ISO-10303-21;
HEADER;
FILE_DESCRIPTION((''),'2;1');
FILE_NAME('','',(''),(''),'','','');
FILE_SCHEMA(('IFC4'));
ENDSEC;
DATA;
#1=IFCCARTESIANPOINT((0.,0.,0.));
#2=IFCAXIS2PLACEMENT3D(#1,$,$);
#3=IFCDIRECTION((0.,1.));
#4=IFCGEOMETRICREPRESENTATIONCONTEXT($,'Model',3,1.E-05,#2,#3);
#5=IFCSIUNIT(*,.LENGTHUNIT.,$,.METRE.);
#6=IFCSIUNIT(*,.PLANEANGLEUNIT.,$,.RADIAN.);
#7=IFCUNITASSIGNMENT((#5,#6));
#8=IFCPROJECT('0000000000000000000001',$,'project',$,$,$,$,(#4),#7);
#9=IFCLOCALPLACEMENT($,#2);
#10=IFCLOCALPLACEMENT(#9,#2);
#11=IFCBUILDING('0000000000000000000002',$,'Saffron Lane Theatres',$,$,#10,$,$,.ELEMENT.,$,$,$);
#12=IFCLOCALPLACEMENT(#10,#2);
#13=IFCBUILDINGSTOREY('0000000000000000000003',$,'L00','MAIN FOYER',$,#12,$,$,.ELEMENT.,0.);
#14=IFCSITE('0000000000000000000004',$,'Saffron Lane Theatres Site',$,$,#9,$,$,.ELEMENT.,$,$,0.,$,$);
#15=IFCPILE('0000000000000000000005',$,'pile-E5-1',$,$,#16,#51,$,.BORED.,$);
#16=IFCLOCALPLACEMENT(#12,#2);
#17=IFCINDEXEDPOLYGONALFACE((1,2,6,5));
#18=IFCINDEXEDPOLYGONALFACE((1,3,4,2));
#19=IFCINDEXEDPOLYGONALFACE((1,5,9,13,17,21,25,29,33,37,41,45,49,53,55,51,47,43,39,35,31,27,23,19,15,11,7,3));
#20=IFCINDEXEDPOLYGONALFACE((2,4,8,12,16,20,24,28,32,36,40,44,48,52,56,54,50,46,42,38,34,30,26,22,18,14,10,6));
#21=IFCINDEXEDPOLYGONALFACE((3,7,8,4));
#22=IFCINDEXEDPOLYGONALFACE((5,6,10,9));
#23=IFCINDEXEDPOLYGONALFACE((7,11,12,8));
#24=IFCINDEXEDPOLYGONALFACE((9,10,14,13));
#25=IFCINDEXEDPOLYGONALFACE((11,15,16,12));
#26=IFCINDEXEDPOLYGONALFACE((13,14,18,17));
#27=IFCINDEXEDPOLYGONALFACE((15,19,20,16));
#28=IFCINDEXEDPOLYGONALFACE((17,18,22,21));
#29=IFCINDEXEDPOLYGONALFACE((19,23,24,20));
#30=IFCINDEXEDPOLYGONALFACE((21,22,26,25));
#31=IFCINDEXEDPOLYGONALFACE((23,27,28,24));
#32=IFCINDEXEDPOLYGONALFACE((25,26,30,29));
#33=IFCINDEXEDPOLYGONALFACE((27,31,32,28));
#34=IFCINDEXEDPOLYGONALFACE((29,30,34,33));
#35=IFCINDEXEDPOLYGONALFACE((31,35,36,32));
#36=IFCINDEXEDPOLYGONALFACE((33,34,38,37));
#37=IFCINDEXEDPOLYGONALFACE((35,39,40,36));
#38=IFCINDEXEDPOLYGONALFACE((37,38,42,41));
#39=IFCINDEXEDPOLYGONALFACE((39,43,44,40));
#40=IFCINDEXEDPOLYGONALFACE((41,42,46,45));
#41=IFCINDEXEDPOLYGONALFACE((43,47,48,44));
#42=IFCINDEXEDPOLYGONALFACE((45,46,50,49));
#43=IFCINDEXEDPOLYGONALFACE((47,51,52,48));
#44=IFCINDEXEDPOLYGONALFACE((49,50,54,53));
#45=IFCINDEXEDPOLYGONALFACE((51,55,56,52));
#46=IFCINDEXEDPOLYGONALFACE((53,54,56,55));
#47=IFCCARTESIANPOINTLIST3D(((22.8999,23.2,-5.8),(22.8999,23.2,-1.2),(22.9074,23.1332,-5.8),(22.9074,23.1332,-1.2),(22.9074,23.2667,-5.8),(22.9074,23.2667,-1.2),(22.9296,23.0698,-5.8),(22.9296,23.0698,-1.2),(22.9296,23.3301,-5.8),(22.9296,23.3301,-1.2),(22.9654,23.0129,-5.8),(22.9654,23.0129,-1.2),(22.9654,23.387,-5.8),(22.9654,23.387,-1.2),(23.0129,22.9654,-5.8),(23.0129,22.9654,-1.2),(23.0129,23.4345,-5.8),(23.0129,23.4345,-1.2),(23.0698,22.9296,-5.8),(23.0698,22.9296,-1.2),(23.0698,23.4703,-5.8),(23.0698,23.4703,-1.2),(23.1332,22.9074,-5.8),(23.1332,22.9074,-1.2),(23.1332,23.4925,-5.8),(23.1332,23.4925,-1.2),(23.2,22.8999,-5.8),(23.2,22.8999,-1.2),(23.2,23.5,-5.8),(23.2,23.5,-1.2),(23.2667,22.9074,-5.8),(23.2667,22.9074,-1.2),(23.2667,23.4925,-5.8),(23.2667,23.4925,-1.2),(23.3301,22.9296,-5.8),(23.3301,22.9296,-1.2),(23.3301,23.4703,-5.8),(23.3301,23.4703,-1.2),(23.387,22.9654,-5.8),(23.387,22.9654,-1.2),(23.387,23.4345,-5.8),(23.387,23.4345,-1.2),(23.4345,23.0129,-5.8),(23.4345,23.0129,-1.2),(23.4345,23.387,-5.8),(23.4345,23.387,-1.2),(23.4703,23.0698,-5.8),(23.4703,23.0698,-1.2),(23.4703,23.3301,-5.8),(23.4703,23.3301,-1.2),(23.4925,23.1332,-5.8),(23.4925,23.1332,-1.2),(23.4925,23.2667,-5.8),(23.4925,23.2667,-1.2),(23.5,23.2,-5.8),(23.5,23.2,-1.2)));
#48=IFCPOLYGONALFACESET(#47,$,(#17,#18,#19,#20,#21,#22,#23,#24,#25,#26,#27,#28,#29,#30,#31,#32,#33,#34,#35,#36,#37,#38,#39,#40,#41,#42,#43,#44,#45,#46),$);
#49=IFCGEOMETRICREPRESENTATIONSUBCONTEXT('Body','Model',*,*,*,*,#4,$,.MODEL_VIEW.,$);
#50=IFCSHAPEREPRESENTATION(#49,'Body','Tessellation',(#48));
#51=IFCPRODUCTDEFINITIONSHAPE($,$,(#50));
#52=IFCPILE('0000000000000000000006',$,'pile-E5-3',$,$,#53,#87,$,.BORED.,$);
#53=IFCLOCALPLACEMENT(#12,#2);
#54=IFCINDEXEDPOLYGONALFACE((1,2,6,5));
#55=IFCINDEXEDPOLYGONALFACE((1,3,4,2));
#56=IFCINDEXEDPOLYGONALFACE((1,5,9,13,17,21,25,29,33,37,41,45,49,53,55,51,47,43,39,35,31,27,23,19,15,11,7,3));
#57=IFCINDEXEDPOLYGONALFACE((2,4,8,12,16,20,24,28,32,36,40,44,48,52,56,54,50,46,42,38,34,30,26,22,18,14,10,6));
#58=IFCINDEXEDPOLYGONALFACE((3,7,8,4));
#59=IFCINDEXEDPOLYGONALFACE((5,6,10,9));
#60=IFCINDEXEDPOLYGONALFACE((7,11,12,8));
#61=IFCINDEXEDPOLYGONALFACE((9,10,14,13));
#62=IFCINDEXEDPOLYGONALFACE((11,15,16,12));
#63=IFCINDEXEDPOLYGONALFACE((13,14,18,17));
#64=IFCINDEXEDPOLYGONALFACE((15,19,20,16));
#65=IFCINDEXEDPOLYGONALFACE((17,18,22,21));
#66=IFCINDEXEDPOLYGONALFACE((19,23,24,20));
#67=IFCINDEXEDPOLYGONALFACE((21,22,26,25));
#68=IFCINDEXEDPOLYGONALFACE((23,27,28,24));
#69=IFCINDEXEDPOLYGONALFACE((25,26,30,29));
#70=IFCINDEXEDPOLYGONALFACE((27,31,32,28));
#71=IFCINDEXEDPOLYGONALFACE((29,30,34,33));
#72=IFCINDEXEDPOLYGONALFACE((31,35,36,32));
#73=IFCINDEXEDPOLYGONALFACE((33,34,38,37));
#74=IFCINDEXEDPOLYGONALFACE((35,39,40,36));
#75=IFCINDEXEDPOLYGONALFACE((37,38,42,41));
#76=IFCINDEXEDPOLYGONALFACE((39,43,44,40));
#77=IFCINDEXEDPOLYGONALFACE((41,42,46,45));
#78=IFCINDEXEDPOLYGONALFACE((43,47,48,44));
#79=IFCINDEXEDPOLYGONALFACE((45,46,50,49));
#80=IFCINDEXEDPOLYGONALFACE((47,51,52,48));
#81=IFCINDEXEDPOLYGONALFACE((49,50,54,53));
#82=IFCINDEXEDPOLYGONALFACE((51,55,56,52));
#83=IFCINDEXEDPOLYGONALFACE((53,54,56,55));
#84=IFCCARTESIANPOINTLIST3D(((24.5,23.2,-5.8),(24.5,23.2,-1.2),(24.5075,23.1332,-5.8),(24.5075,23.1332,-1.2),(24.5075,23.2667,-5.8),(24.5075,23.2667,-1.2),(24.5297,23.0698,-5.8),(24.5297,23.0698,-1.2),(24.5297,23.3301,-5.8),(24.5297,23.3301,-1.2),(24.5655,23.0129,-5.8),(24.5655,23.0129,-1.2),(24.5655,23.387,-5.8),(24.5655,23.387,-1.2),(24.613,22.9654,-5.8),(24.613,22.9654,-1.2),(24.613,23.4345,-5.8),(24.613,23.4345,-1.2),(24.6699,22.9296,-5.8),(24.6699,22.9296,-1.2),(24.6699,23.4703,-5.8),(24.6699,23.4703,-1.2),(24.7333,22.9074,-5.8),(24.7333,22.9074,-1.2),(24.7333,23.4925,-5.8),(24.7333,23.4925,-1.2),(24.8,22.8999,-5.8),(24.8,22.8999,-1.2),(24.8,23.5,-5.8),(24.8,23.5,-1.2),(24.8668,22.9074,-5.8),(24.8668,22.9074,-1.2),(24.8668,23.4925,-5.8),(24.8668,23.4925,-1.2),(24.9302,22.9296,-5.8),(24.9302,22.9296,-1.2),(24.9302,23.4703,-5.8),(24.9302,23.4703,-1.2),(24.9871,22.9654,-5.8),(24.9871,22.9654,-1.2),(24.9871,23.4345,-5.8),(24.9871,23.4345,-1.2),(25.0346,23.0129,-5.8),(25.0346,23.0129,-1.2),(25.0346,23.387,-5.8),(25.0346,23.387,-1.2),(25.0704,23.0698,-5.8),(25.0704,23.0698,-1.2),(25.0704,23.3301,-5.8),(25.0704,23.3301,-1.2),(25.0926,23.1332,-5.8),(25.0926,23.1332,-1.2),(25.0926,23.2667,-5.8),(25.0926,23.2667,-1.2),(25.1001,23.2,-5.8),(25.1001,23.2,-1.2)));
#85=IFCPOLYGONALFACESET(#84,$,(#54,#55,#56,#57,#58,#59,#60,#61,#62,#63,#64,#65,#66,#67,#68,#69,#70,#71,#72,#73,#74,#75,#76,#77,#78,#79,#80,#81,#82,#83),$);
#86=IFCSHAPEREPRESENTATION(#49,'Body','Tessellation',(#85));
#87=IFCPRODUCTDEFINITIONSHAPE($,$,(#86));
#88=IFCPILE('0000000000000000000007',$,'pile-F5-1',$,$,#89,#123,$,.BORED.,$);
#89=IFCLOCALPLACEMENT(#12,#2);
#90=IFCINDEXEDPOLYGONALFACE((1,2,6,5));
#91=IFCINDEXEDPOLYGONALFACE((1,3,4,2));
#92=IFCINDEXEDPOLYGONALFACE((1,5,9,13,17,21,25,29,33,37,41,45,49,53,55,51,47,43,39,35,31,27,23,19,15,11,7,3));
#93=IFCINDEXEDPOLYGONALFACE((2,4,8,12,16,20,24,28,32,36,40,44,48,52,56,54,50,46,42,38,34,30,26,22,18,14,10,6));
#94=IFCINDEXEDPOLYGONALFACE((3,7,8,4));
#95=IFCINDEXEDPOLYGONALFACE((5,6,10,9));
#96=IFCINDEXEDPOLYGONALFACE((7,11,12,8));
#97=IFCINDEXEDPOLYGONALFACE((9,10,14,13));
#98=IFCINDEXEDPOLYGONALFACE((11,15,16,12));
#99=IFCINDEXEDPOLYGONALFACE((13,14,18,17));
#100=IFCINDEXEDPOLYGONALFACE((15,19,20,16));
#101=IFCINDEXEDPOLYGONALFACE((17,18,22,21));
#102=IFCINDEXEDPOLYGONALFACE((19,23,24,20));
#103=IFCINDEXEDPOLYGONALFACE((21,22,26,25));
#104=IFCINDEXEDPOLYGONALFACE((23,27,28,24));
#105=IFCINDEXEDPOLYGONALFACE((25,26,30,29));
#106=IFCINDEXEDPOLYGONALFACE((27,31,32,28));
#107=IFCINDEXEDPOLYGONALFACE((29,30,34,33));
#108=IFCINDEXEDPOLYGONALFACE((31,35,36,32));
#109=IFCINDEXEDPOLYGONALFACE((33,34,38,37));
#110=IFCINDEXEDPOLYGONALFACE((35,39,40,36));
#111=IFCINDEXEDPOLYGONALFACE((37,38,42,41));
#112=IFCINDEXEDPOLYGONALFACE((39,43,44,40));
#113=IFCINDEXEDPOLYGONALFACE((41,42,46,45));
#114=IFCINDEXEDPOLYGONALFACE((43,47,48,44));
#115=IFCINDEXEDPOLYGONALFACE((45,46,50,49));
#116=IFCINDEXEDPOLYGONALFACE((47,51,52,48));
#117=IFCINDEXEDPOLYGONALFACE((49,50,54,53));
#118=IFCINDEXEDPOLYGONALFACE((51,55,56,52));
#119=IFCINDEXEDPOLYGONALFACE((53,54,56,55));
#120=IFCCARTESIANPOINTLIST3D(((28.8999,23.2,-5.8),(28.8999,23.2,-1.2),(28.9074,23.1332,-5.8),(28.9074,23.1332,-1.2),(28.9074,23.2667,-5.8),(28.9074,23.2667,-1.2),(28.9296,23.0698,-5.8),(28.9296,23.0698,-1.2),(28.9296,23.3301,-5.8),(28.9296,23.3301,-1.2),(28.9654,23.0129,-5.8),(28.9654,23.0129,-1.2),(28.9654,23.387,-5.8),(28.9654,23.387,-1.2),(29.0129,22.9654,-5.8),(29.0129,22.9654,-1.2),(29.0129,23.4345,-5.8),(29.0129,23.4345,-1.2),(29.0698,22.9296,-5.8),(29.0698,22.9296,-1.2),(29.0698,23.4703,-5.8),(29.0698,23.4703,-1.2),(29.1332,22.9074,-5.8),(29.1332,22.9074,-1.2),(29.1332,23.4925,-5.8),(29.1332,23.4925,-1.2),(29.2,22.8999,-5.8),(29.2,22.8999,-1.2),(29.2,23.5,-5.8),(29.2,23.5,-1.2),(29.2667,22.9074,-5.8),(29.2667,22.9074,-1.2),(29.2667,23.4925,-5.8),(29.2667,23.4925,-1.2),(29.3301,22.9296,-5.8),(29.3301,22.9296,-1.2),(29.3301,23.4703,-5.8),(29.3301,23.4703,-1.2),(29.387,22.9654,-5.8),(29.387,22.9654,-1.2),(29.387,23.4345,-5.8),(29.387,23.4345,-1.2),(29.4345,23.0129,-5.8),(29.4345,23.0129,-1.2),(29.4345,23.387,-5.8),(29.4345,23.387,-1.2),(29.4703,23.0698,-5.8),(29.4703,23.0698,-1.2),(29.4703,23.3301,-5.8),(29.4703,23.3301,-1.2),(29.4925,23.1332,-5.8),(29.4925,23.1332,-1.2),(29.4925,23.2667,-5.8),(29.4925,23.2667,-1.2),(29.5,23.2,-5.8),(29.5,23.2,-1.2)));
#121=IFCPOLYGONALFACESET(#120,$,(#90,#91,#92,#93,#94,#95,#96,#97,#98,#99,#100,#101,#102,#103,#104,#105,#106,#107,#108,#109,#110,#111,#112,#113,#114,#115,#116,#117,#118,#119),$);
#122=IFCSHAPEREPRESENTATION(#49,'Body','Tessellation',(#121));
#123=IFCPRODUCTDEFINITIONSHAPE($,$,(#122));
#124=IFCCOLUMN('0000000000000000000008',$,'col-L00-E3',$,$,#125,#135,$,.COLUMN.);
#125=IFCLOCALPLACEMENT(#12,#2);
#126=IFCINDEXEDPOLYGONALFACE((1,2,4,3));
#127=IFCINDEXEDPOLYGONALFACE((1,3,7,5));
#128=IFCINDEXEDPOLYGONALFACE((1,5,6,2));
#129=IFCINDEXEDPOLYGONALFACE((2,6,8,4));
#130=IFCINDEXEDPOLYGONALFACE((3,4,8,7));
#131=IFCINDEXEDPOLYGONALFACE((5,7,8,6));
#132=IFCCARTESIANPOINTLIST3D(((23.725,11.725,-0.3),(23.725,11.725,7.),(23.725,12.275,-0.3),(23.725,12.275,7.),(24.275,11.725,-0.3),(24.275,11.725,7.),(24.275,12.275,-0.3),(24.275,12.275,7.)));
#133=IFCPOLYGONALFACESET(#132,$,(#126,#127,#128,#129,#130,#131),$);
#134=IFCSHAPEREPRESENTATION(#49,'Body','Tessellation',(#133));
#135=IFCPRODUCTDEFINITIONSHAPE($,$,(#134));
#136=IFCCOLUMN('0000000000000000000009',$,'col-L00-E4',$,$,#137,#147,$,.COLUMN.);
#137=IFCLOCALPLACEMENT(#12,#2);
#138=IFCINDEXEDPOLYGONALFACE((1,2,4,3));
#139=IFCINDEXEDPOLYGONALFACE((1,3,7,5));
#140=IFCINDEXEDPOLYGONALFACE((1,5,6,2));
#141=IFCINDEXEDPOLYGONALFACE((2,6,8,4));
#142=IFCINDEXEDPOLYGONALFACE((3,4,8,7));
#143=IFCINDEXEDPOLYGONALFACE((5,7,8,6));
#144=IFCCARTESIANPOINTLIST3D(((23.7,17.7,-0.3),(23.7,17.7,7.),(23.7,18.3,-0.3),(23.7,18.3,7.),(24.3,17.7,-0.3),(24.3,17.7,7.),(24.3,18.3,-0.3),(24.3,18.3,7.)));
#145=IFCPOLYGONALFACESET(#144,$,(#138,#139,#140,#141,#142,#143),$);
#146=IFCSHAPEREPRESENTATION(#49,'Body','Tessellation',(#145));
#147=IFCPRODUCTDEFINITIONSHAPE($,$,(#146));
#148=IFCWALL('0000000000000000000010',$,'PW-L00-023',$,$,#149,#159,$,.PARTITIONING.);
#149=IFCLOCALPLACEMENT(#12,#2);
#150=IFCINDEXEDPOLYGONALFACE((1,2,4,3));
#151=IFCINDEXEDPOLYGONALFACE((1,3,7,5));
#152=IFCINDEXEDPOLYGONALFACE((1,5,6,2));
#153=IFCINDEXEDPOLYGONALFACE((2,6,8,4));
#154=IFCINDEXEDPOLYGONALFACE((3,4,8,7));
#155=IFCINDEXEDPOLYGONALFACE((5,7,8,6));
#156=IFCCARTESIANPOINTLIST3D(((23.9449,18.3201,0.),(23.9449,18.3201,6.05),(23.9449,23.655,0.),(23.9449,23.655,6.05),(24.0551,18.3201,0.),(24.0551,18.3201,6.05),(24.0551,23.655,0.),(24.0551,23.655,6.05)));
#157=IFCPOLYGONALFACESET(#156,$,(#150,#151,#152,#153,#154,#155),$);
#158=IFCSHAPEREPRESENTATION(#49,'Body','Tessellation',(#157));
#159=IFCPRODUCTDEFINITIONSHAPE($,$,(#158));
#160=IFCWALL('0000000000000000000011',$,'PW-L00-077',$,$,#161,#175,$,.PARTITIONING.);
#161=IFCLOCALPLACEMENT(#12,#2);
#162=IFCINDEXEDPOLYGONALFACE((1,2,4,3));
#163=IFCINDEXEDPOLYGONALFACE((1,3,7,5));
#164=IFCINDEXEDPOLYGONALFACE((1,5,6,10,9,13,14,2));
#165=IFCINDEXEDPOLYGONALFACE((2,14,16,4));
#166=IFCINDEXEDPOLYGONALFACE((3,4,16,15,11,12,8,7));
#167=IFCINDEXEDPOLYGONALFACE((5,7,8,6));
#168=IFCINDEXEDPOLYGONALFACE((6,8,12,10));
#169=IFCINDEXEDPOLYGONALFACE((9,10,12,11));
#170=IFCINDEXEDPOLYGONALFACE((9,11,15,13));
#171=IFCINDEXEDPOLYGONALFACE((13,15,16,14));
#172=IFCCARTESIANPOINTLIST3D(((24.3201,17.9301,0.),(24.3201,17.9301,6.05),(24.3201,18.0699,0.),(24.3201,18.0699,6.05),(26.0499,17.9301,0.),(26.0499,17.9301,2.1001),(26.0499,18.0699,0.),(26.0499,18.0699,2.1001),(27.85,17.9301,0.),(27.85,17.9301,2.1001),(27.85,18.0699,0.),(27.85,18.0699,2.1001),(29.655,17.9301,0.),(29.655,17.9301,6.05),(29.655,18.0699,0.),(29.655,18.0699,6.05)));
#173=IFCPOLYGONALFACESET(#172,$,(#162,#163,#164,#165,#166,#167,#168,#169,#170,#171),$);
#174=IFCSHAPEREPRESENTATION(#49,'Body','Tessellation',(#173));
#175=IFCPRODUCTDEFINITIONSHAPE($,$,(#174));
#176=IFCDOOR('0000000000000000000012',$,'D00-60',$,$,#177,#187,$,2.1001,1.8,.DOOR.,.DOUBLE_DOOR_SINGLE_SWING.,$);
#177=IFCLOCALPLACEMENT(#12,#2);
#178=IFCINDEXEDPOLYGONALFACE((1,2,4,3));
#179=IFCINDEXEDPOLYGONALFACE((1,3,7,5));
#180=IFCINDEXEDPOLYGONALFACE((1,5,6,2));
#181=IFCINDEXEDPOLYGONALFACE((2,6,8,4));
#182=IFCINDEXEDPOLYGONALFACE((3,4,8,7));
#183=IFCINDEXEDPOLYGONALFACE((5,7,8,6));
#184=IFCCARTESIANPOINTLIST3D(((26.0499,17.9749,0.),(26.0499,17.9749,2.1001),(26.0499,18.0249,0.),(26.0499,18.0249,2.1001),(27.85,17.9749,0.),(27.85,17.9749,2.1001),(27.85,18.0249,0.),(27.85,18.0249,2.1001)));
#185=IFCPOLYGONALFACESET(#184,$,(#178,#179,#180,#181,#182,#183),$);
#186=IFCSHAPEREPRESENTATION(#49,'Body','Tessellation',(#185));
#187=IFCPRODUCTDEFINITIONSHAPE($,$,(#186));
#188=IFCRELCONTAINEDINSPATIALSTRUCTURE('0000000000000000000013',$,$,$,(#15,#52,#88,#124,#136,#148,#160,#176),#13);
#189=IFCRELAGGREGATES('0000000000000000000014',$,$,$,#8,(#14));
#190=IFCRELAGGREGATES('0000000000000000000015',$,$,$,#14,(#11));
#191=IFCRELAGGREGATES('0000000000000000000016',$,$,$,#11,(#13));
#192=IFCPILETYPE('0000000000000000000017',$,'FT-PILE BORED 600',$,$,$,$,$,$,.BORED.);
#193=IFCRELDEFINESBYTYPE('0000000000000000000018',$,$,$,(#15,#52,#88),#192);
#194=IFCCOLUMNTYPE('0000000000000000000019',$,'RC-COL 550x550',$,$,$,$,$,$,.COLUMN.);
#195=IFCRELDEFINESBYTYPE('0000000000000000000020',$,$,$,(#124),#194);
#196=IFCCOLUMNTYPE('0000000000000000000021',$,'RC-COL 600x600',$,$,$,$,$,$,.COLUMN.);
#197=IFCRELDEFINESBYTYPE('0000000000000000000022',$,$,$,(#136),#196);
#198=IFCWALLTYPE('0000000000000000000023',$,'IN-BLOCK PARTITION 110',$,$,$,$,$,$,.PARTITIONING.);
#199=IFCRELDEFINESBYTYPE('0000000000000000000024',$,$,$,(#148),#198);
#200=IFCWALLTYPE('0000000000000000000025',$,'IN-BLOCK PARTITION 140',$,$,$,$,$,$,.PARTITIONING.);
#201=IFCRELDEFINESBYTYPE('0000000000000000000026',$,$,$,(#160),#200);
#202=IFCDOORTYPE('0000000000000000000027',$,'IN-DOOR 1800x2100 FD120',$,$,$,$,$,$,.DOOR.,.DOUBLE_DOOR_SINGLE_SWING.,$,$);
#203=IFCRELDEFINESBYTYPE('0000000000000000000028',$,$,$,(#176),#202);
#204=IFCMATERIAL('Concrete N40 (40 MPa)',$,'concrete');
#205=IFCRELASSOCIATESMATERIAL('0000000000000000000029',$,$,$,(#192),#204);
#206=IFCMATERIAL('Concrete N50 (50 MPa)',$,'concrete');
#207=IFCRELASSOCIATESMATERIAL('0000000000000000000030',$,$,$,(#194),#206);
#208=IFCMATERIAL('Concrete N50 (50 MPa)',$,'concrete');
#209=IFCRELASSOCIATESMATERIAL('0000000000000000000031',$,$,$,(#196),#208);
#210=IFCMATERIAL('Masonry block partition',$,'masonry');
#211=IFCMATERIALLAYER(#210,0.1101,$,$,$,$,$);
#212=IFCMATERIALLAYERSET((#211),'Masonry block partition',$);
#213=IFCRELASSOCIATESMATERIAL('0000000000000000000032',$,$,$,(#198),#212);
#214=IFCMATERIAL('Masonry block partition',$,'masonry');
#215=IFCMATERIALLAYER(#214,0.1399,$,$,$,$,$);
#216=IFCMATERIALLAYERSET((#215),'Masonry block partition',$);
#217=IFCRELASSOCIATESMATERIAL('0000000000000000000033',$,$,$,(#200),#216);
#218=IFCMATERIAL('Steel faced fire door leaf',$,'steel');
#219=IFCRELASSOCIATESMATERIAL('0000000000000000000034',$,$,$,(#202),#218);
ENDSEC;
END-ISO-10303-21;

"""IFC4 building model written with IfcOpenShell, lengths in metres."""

from ifc_helpers import new_model, si_unit, direction, frame, frame_2d, origin, origin_2d, place, context, subcontext, project, spatial, rectangle, circle, extrude, material, layer, layer_set, material_profile, profile_set, type_object, element, fill, save


model = new_model("IFC4")

# Units and contexts
model_context = context("Model", 3, precision=1e-05, world=origin(), true_north=direction((0.0, 1.0)))
body_context = subcontext(model_context, "Body", "Model", "MODEL_VIEW")
ifc_project = project(units=[si_unit("LENGTHUNIT", "METRE"), si_unit("PLANEANGLEUNIT", "RADIAN")], contexts=[model_context])

# Site, building, storey
site_placement = place(None, origin())
site = spatial("IfcSite", under=ifc_project, at=site_placement, Name="Saffron Lane Theatres Site", CompositionType="ELEMENT", RefElevation=0.0)
building_placement = place(site_placement, origin())
building = spatial("IfcBuilding", under=site, at=building_placement, Name="Saffron Lane Theatres", CompositionType="ELEMENT")
storey_placement = place(building_placement, origin())
storey = spatial("IfcBuildingStorey", under=building, at=storey_placement, Name="L00", Description="MAIN FOYER", CompositionType="ELEMENT", Elevation=0.0)

# Piles
ifc_material_1 = material(Name="Concrete N40 (40 MPa)", Category="concrete")
ifc_material_profile_1 = material_profile(ifc_material_1, circle(Radius=0.3, at=origin_2d()))
ifc_profile_set_1 = profile_set([ifc_material_profile_1], Name="Concrete N40 (40 MPa)")
pile_type = type_object("IfcPileType", Name="FT-PILE BORED 600", PredefinedType="BORED", material=ifc_profile_set_1)
for number, where, z_axis, x_axis, name in (
    (1, (23.2, 23.2, -1.2), (0.0, 0.0, -1.0), (1.0, 0.0, 0.0), "pile-E5-1"),
    (2, (24.8, 23.2, -1.2), (0.0, 0.0, -1.0), (1.0, 0.0, 0.0), "pile-E5-3"),
    (3, (29.2, 23.2, -1.2), (0.0, 0.0, -1.0), (1.0, 0.0, 0.0), "pile-F5-1"),
):
    element("IfcPile", number, at=place(storey_placement, frame(where, z_axis=z_axis, x_axis=x_axis)), inside=storey, type_object=pile_type, Name=name, PredefinedType="BORED", context=body_context, shape_type="SweptSolid", body=[
        extrude(circle(Radius=0.3, at=origin_2d()), origin(), (0.0, 0.0, 1.0), 4.6001),
    ])

# Columns
ifc_material_2 = material(Name="Concrete N50 (50 MPa)", Category="concrete")
ifc_material_profile_2 = material_profile(ifc_material_2, rectangle(XDim=0.55, YDim=0.55, at=origin_2d()))
ifc_profile_set_2 = profile_set([ifc_material_profile_2], Name="Concrete N50 (50 MPa)")
column_type_1 = type_object("IfcColumnType", Name="RC-COL 550x550", PredefinedType="COLUMN", material=ifc_profile_set_2)
column_1_placement = place(storey_placement, frame((24.0, 12.0, -0.3), z_axis=(0.0, 0.0, 1.0), x_axis=(1.0, 0.0, 0.0)))
element("IfcColumn", 4, at=column_1_placement, inside=storey, type_object=column_type_1, Name="col-L00-E3", PredefinedType="COLUMN", context=body_context, shape_type="SweptSolid", body=[
    extrude(rectangle(XDim=0.55, YDim=0.55, at=origin_2d()), origin(), (0.0, 0.0, 1.0), 7.3),
])
ifc_material_3 = material(Name="Concrete N50 (50 MPa)", Category="concrete")
ifc_material_profile_3 = material_profile(ifc_material_3, rectangle(XDim=0.6001, YDim=0.6001, at=origin_2d()))
ifc_profile_set_3 = profile_set([ifc_material_profile_3], Name="Concrete N50 (50 MPa)")
column_type_2 = type_object("IfcColumnType", Name="RC-COL 600x600", PredefinedType="COLUMN", material=ifc_profile_set_3)
column_2_placement = place(storey_placement, frame((24.0, 18.0, -0.3), z_axis=(0.0, 0.0, 1.0), x_axis=(1.0, 0.0, 0.0)))
element("IfcColumn", 5, at=column_2_placement, inside=storey, type_object=column_type_2, Name="col-L00-E4", PredefinedType="COLUMN", context=body_context, shape_type="SweptSolid", body=[
    extrude(rectangle(XDim=0.6001, YDim=0.6001, at=origin_2d()), origin(), (0.0, 0.0, 1.0), 7.3),
])

# Wall
ifc_material_4 = material(Name="Masonry block partition", Category="masonry")
ifc_layer_1 = layer(ifc_material_4, 0.1101)
ifc_layer_set_1 = layer_set([ifc_layer_1], Name="Masonry block partition")
wall_type_1 = type_object("IfcWallType", Name="IN-BLOCK PARTITION 110", PredefinedType="PARTITIONING", material=ifc_layer_set_1)
wall_1_placement = place(storey_placement, frame((24.0, 18.3201, 0.0), z_axis=(0.0, 0.0, 1.0), x_axis=(0.0, 1.0, 0.0)))
element("IfcWall", 6, at=wall_1_placement, inside=storey, type_object=wall_type_1, Name="PW-L00-023", PredefinedType="PARTITIONING", context=body_context, shape_type="SweptSolid", body=[
    extrude(rectangle(XDim=5.335, YDim=0.1101, at=frame_2d((2.6675, 0.0))), origin(), (0.0, 0.0, 1.0), 6.05),
])

# Wall, opening, door
ifc_material_5 = material(Name="Masonry block partition", Category="masonry")
ifc_layer_2 = layer(ifc_material_5, 0.1399)
ifc_layer_set_2 = layer_set([ifc_layer_2], Name="Masonry block partition")
wall_type_2 = type_object("IfcWallType", Name="IN-BLOCK PARTITION 140", PredefinedType="PARTITIONING", material=ifc_layer_set_2)
wall_2_placement = place(storey_placement, frame((24.3201, 18.0, 0.0), z_axis=(0.0, 0.0, 1.0), x_axis=(1.0, 0.0, 0.0)))
wall_2 = element("IfcWall", 7, at=wall_2_placement, inside=storey, type_object=wall_type_2, Name="PW-L00-077", PredefinedType="PARTITIONING", context=body_context, shape_type="SweptSolid", body=[
    extrude(rectangle(XDim=5.335, YDim=0.1399, at=frame_2d((2.6675, 0.0))), origin(), (0.0, 0.0, 1.0), 6.05),
])
opening_placement = place(wall_2_placement, frame((1.73, 0.0, 0.0)))
opening = element("IfcOpeningElement", 8, at=opening_placement, cuts=wall_2, PredefinedType="OPENING", context=body_context, shape_type="SweptSolid", body=[
    extrude(rectangle(XDim=1.8, YDim=2.1001, at=frame_2d((0.8999, 1.05))), frame((0.0, 0.0801, 0.0), z_axis=(0.0, -1.0, 0.0), x_axis=(1.0, 0.0, 0.0)), (0.0, 0.0, 1.0), 0.1599),
])
ifc_material_6 = material(Name="Steel faced fire door leaf", Category="steel")
door_type = type_object("IfcDoorType", Name="IN-DOOR 1800x2100 FD120", OperationType="DOUBLE_DOOR_SINGLE_SWING", PredefinedType="DOOR", material=ifc_material_6)
door_placement = place(opening_placement, origin())
door = element("IfcDoor", 9, at=door_placement, inside=storey, type_object=door_type, Name="D00-60", OperationType="DOUBLE_DOOR_SINGLE_SWING", OverallHeight=2.1001, OverallWidth=1.8, PredefinedType="DOOR", context=body_context, shape_type="SweptSolid", body=[
    extrude(rectangle(XDim=1.8, YDim=2.1001, at=frame_2d((0.8999, 1.05))), frame((0.0, 0.0249, 0.0), z_axis=(0.0, -1.0, 0.0), x_axis=(1.0, 0.0, 0.0)), (0.0, 0.0, 1.0), 0.05),
])
fill(opening, door)

save(model, "model.ifc")
